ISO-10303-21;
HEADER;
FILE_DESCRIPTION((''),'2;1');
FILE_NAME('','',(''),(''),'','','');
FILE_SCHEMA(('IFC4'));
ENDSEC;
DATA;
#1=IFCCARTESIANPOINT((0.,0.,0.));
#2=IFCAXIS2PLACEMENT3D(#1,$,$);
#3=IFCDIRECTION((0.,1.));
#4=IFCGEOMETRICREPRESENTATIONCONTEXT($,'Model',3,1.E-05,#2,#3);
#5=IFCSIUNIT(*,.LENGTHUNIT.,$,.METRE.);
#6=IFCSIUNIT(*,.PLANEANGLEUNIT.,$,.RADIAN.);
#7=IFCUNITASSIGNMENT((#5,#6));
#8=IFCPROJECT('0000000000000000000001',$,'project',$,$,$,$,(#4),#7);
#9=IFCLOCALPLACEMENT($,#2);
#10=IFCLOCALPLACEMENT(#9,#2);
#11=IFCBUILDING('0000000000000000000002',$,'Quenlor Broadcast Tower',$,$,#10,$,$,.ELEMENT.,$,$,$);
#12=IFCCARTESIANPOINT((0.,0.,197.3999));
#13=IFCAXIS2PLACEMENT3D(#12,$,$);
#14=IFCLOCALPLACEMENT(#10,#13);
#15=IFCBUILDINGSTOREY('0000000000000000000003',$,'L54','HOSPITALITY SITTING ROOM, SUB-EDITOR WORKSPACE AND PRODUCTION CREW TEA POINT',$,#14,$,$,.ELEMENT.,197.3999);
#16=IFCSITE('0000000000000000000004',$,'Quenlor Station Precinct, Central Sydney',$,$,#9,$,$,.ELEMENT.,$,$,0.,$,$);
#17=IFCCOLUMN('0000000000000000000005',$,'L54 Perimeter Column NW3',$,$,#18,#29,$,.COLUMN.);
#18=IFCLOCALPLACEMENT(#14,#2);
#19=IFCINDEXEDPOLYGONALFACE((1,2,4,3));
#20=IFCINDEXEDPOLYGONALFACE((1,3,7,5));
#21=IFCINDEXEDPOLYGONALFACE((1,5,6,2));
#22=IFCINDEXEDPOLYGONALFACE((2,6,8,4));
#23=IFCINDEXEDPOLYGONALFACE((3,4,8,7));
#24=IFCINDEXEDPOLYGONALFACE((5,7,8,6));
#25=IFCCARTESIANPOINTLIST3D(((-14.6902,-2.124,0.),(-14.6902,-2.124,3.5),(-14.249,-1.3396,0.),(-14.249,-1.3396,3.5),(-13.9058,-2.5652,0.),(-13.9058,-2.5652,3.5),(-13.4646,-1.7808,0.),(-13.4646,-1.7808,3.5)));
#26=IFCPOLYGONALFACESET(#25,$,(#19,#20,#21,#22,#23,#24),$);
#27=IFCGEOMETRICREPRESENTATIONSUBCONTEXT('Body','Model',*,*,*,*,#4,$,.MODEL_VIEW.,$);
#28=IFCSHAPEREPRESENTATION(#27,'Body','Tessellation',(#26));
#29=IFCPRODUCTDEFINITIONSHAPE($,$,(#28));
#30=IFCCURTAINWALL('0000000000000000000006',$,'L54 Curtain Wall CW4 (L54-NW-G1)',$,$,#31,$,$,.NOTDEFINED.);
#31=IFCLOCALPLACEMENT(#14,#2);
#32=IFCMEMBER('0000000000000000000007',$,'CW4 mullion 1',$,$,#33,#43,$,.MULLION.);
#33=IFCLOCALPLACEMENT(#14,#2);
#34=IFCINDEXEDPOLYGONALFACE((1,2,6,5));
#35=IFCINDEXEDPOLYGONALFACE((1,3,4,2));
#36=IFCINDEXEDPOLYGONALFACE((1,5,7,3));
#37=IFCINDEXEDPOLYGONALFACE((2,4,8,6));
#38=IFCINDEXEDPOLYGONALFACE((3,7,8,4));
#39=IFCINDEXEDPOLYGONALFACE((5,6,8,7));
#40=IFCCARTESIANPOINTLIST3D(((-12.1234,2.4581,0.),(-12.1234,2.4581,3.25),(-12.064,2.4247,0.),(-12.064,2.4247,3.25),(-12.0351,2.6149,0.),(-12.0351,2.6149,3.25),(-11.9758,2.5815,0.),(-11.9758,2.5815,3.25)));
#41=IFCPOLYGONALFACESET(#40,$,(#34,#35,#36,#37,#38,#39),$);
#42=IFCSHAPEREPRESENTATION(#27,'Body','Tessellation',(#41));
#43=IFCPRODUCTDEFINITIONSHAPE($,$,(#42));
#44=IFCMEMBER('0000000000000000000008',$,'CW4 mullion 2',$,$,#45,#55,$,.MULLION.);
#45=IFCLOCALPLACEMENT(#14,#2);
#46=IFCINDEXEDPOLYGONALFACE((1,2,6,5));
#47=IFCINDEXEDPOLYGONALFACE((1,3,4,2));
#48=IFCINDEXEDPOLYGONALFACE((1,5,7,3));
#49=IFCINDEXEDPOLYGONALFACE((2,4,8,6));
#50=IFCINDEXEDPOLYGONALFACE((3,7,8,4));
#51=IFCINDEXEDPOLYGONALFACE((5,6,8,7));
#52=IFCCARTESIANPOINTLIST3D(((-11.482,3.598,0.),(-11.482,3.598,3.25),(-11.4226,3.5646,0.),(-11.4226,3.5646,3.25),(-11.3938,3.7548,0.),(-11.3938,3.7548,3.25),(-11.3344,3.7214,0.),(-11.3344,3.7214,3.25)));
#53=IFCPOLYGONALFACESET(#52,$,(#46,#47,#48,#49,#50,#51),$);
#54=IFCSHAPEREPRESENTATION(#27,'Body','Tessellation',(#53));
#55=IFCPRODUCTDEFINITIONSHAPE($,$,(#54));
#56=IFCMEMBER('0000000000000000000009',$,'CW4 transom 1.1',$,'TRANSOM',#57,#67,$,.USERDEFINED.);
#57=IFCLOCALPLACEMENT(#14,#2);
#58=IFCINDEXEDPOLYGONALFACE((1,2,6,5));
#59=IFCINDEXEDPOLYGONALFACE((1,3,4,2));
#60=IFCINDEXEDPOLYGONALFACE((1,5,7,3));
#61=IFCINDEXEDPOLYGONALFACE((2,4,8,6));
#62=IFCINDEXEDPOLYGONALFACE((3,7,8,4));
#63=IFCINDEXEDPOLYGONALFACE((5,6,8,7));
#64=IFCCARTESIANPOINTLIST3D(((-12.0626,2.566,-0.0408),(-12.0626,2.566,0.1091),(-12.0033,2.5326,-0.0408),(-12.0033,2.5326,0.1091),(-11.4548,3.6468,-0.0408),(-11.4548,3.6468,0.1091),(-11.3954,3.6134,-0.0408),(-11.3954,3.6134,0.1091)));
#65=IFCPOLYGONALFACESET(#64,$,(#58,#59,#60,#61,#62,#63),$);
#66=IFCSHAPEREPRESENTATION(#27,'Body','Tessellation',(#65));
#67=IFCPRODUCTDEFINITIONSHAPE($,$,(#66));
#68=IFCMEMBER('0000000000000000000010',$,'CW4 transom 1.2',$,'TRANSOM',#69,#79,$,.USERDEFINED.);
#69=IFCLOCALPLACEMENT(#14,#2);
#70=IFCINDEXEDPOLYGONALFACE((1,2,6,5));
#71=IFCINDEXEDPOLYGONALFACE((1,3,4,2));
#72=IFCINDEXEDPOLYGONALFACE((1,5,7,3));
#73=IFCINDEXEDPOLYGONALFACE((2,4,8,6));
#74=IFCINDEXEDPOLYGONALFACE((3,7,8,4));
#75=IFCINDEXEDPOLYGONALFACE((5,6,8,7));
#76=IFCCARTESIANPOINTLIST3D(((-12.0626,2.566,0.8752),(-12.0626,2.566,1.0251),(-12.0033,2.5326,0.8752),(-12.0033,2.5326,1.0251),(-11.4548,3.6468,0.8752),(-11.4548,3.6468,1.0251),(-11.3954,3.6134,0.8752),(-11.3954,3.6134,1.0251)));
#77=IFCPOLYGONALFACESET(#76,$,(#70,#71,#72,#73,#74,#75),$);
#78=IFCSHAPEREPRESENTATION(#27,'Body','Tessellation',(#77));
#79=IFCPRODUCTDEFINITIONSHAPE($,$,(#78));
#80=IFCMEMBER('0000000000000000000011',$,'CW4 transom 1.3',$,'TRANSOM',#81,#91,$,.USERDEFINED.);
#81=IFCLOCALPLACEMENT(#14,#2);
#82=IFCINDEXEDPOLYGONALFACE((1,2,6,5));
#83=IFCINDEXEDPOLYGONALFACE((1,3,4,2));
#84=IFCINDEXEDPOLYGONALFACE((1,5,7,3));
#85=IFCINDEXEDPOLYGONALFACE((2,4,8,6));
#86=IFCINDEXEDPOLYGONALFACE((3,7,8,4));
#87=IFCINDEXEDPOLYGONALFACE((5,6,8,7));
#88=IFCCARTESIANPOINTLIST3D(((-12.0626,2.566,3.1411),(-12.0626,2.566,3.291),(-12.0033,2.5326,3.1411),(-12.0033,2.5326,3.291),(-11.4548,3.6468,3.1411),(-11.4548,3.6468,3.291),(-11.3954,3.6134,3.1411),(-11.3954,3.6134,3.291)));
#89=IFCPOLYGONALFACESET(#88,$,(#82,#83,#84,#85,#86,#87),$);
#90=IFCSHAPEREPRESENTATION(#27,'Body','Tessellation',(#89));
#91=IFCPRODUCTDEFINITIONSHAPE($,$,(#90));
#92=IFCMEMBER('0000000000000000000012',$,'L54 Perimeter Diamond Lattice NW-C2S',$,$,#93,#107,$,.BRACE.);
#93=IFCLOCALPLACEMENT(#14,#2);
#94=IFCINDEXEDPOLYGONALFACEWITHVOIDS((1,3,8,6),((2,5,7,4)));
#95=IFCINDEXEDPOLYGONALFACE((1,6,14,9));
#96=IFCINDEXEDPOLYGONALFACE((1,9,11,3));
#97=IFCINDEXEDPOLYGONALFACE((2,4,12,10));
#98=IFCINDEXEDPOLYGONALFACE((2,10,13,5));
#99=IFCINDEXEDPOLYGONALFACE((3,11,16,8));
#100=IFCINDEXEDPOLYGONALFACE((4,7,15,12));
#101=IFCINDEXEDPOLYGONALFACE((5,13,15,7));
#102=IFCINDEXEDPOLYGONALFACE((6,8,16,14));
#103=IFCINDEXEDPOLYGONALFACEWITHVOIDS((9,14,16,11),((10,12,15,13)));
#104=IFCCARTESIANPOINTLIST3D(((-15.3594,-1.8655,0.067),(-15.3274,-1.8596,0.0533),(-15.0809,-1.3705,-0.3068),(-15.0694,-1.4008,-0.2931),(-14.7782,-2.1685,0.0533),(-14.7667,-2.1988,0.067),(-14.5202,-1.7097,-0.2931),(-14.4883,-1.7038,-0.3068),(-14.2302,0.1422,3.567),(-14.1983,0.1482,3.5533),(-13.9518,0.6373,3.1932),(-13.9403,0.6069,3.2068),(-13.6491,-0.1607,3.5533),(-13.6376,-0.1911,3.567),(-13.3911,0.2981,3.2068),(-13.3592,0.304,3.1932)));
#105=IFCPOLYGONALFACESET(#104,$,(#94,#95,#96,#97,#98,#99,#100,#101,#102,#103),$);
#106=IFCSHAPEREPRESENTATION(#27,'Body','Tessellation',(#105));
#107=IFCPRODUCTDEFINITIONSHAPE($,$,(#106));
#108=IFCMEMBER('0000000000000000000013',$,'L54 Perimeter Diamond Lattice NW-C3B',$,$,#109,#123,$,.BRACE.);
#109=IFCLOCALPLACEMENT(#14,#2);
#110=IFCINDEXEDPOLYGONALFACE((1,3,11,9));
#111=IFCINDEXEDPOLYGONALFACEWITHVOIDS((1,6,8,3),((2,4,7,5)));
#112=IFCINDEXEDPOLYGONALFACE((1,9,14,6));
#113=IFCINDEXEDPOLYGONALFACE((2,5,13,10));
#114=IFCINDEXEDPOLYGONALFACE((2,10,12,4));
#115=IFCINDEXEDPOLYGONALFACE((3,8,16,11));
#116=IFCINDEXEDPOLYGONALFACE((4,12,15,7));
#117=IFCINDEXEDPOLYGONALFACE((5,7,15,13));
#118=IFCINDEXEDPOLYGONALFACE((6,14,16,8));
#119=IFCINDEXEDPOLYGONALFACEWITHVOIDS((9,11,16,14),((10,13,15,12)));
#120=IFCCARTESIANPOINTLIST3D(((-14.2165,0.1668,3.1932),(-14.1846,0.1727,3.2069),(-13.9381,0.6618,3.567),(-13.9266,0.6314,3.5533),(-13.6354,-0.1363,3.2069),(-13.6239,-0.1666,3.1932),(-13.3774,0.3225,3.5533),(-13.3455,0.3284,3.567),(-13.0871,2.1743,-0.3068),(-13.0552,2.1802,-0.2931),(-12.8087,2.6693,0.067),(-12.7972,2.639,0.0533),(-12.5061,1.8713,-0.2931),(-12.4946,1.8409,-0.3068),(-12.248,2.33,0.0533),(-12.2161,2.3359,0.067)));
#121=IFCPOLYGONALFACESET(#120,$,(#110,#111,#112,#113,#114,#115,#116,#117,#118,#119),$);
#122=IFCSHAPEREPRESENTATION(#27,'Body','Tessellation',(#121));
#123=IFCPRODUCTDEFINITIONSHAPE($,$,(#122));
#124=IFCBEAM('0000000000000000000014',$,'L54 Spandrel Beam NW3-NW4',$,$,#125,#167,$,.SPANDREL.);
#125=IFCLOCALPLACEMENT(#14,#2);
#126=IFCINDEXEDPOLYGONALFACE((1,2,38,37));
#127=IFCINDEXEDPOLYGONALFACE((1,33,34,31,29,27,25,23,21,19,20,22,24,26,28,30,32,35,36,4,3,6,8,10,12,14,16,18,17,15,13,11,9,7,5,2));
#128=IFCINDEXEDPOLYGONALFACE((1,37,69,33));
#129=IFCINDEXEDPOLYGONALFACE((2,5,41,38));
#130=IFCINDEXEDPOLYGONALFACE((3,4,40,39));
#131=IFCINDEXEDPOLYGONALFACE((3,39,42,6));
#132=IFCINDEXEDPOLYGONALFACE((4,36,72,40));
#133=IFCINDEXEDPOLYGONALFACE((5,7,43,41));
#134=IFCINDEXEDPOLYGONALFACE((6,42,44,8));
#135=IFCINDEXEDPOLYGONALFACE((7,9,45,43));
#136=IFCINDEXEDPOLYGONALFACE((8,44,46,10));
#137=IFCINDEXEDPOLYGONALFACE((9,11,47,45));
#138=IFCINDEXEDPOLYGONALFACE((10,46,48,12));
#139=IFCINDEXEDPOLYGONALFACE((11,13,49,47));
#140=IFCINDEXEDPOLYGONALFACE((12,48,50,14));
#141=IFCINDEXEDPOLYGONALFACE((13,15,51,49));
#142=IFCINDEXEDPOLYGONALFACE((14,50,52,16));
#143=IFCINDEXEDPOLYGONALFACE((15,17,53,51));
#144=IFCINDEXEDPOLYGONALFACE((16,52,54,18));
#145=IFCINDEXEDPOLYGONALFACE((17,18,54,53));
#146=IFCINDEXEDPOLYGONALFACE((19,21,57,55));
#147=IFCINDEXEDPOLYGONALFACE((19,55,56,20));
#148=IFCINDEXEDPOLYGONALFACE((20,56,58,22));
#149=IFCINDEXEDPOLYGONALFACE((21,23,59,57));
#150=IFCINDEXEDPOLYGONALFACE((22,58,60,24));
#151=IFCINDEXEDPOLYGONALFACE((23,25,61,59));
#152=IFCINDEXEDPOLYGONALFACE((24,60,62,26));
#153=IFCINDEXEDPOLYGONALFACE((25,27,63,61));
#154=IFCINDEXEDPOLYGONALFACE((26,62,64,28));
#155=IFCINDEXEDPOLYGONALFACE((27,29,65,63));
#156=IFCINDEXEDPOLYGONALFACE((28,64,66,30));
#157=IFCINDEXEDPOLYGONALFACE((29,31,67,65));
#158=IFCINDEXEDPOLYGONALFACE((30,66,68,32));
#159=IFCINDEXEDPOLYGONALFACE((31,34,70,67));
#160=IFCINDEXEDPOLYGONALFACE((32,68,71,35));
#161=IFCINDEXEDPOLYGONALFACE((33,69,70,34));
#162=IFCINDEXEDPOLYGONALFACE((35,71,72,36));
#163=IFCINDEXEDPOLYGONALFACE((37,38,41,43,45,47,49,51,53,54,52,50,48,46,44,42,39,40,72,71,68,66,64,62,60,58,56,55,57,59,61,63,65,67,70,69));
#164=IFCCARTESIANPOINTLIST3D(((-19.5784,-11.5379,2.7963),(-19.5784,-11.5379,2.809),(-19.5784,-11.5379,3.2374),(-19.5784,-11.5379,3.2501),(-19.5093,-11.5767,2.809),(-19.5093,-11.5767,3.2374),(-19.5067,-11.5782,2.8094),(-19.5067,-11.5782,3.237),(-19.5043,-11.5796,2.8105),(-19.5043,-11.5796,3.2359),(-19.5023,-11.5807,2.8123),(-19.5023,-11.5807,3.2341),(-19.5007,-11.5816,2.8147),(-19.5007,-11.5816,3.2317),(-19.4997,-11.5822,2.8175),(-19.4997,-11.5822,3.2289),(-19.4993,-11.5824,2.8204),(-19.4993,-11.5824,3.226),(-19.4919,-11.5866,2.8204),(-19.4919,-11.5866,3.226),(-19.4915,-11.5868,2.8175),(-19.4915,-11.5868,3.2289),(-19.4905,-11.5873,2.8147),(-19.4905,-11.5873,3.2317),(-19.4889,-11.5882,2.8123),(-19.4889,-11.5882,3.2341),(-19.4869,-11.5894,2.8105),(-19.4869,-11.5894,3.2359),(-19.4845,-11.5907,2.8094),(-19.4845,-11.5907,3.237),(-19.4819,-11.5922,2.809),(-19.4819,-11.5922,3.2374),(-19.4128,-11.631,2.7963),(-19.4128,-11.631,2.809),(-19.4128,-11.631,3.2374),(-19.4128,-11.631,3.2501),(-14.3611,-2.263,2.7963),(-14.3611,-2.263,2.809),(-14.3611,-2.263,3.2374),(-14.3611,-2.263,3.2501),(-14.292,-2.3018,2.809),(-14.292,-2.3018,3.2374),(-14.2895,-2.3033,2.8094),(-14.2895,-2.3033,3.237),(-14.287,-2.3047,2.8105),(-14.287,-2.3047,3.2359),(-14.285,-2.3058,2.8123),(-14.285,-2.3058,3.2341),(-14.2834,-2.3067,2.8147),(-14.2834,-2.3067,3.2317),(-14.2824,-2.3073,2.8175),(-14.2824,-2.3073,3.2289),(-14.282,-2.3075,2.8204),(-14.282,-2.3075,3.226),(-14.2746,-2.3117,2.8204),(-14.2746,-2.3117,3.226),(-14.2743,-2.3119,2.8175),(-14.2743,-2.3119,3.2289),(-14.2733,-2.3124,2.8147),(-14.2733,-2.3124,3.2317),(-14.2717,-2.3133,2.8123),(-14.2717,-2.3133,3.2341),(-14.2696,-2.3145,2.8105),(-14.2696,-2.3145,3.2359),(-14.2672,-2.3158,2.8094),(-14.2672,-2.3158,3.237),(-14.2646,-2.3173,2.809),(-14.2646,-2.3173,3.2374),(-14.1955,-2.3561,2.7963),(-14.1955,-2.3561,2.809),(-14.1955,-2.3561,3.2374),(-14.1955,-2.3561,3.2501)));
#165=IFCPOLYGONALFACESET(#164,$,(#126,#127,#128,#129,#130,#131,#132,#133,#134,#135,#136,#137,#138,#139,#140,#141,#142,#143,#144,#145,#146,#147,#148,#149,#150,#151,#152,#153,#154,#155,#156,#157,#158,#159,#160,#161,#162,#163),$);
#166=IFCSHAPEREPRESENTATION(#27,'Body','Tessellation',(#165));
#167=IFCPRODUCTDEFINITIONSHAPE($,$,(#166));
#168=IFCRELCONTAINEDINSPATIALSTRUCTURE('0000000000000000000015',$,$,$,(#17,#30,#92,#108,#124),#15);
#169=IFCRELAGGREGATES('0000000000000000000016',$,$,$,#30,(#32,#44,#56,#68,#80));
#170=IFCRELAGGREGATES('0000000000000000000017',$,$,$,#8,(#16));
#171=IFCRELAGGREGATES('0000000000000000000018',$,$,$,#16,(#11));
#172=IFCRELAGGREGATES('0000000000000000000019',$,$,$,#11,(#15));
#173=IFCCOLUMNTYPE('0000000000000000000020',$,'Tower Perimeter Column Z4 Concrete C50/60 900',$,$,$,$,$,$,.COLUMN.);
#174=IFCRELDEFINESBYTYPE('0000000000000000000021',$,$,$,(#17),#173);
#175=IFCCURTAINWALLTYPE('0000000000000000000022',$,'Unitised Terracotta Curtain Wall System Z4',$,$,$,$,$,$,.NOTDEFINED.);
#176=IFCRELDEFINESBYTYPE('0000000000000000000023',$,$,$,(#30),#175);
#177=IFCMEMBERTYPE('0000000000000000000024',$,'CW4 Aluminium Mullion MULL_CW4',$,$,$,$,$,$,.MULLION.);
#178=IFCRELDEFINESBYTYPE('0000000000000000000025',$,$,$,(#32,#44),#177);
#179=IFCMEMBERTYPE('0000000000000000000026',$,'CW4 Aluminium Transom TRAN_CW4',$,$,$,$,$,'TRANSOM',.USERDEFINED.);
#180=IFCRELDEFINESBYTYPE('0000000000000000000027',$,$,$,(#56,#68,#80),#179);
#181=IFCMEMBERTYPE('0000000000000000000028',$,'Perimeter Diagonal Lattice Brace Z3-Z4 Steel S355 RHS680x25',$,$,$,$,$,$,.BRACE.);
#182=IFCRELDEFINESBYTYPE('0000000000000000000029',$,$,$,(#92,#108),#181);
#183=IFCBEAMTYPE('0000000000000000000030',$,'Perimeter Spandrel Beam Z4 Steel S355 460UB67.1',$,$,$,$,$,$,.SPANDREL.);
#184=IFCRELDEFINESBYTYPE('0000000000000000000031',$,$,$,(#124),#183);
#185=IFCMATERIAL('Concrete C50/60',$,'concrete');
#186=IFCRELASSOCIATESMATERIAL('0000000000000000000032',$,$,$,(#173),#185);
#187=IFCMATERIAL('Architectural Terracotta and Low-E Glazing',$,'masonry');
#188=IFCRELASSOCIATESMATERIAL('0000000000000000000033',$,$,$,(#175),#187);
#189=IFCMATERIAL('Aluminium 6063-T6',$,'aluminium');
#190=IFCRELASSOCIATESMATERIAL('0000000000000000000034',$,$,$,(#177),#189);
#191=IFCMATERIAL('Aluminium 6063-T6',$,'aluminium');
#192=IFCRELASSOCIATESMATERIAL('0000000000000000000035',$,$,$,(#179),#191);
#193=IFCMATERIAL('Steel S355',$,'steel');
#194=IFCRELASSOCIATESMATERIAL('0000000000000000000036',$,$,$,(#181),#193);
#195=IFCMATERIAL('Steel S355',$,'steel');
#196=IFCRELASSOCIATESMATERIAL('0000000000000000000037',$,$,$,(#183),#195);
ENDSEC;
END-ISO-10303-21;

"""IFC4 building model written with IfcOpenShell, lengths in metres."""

from ifc_helpers import new_model, si_unit, direction, frame, origin, origin_2d, place, context, subcontext, project, spatial, rectangle, hollow_rectangle, i_section, extrude, material, material_profile, profile_set, type_object, element, aggregate, save


model = new_model("IFC4")

# Units and contexts
model_context = context("Model", 3, precision=1e-05, world=origin(), true_north=direction((0.0, 1.0)))
body_context = subcontext(model_context, "Body", "Model", "MODEL_VIEW")
ifc_project = project(units=[si_unit("LENGTHUNIT", "METRE"), si_unit("PLANEANGLEUNIT", "RADIAN")], contexts=[model_context])

# Site, building, storey
site_placement = place(None, origin())
site = spatial("IfcSite", under=ifc_project, at=site_placement, Name="Quenlor Station Precinct, Central Sydney", CompositionType="ELEMENT", RefElevation=0.0)
building_placement = place(site_placement, origin())
building = spatial("IfcBuilding", under=site, at=building_placement, Name="Quenlor Broadcast Tower", CompositionType="ELEMENT")
storey_placement = place(building_placement, frame((0.0, 0.0, 197.3999)))
storey = spatial("IfcBuildingStorey", under=building, at=storey_placement, Name="L54", Description="HOSPITALITY SITTING ROOM, SUB-EDITOR WORKSPACE AND PRODUCTION CREW TEA POINT", CompositionType="ELEMENT", Elevation=197.3999)

# Column
ifc_material_1 = material(Name="Concrete C50/60", Category="concrete")
ifc_material_profile_1 = material_profile(ifc_material_1, rectangle(XDim=0.8999, YDim=0.8999, at=origin_2d()))
ifc_profile_set_1 = profile_set([ifc_material_profile_1], Name="Concrete C50/60 RC900x900")
column_type = type_object("IfcColumnType", Name="Tower Perimeter Column Z4 Concrete C50/60 900", PredefinedType="COLUMN", material=ifc_profile_set_1)
column_placement = place(storey_placement, frame((-14.0774, -1.9524, 0.0), z_axis=(0.0, 0.0, 1.0), x_axis=(-0.871575, 0.490262, 0.0)))
element("IfcColumn", 1, at=column_placement, inside=storey, type_object=column_type, Name="L54 Perimeter Column NW3", PredefinedType="COLUMN", context=body_context, shape_type="SweptSolid", body=[
    extrude(rectangle(XDim=0.8999, YDim=0.8999, at=origin_2d()), origin(), (0.0, 0.0, 1.0), 3.5),
])

# Curtain wall, members
ifc_material_2 = material(Name="Architectural Terracotta and Low-E Glazing", Category="masonry")
curtain_wall_type = type_object("IfcCurtainWallType", Name="Unitised Terracotta Curtain Wall System Z4", PredefinedType="NOTDEFINED", material=ifc_material_2)
curtain_wall_placement = place(storey_placement, origin())
curtain_wall = element("IfcCurtainWall", 2, at=curtain_wall_placement, inside=storey, type_object=curtain_wall_type, Name="L54 Curtain Wall CW4 (L54-NW-G1)", PredefinedType="NOTDEFINED")
ifc_material_3 = material(Name="Aluminium 6063-T6", Category="aluminium")
ifc_material_profile_2 = material_profile(ifc_material_3, rectangle(XDim=0.0681, YDim=0.1799, at=origin_2d()))
ifc_profile_set_2 = profile_set([ifc_material_profile_2], Name="Aluminium 6063-T6 MULL68x180")
member_type_1 = type_object("IfcMemberType", Name="CW4 Aluminium Mullion MULL_CW4", PredefinedType="MULLION", material=ifc_profile_set_2)
member_1_placement = place(storey_placement, frame((-12.0496, 2.5198, 0.0), z_axis=(0.0, 0.0, 1.0), x_axis=(-0.87156, 0.490289, 0.0)))
member_1 = element("IfcMember", 3, at=member_1_placement, type_object=member_type_1, Name="CW4 mullion 1", PredefinedType="MULLION", context=body_context, shape_type="SweptSolid", body=[
    extrude(rectangle(XDim=0.0681, YDim=0.1799, at=origin_2d()), origin(), (0.0, 0.0, 1.0), 3.25),
])
member_2_placement = place(storey_placement, frame((-11.4082, 3.6597, 0.0), z_axis=(0.0, 0.0, 1.0), x_axis=(-0.87156, 0.490289, 0.0)))
member_2 = element("IfcMember", 4, at=member_2_placement, type_object=member_type_1, Name="CW4 mullion 2", PredefinedType="MULLION", context=body_context, shape_type="SweptSolid", body=[
    extrude(rectangle(XDim=0.0681, YDim=0.1799, at=origin_2d()), origin(), (0.0, 0.0, 1.0), 3.25),
])
ifc_material_4 = material(Name="Aluminium 6063-T6", Category="aluminium")
ifc_material_profile_3 = material_profile(ifc_material_4, rectangle(XDim=0.0681, YDim=0.1499, at=origin_2d()))
ifc_profile_set_3 = profile_set([ifc_material_profile_3], Name="Aluminium 6063-T6 TRAN68x150")
member_type_2 = type_object("IfcMemberType", Name="CW4 Aluminium Transom TRAN_CW4", ElementType="TRANSOM", PredefinedType="USERDEFINED", material=ifc_profile_set_3)
member_3_placement = place(storey_placement, frame((-12.033, 2.5493, 0.0342), z_axis=(0.490233, 0.871591, 0.0), x_axis=(-0.871591, 0.490233, 0.0)))
member_3 = element("IfcMember", 5, at=member_3_placement, type_object=member_type_2, Name="CW4 transom 1.1", ObjectType="TRANSOM", PredefinedType="USERDEFINED", context=body_context, shape_type="SweptSolid", body=[
    extrude(rectangle(XDim=0.0681, YDim=0.1499, at=origin_2d()), origin(), (0.0, 0.0, 1.0), 1.24),
])
member_4_placement = place(storey_placement, frame((-12.033, 2.5493, 0.9502), z_axis=(0.490233, 0.871591, 0.0), x_axis=(-0.871591, 0.490233, 0.0)))
member_4 = element("IfcMember", 6, at=member_4_placement, type_object=member_type_2, Name="CW4 transom 1.2", ObjectType="TRANSOM", PredefinedType="USERDEFINED", context=body_context, shape_type="SweptSolid", body=[
    extrude(rectangle(XDim=0.0681, YDim=0.1499, at=origin_2d()), origin(), (0.0, 0.0, 1.0), 1.24),
])
member_5_placement = place(storey_placement, frame((-12.033, 2.5493, 3.2161), z_axis=(0.490233, 0.871591, 0.0), x_axis=(-0.871591, 0.490233, 0.0)))
member_5 = element("IfcMember", 7, at=member_5_placement, type_object=member_type_2, Name="CW4 transom 1.3", ObjectType="TRANSOM", PredefinedType="USERDEFINED", context=body_context, shape_type="SweptSolid", body=[
    extrude(rectangle(XDim=0.0681, YDim=0.1499, at=origin_2d()), origin(), (0.0, 0.0, 1.0), 1.24),
])

# Members
ifc_material_5 = material(Name="Steel S355", Category="steel")
ifc_material_profile_4 = material_profile(ifc_material_5, hollow_rectangle(XDim=0.6799, YDim=0.6799, WallThickness=0.0249, at=origin_2d()))
ifc_profile_set_4 = profile_set([ifc_material_profile_4], Name="Steel S355 RHS680x680x25")
member_type_3 = type_object("IfcMemberType", Name="Perimeter Diagonal Lattice Brace Z3-Z4 Steel S355 RHS680x25", PredefinedType="BRACE", material=ifc_profile_set_4)
for number, where, z_axis, x_axis, name in (
    (8, (-14.9238, -1.7847, -0.1199), (0.269485, 0.479189, 0.835318), (-0.871621, 0.490181, 0.0), "L54 Perimeter Diamond Lattice NW-C2S"),
    (9, (-12.6516, 2.2551, -0.1199), (-0.269547, -0.479136, 0.835328), (0.87155, -0.490307, 0.0), "L54 Perimeter Diamond Lattice NW-C3B"),
):
    element("IfcMember", number, at=place(storey_placement, frame(where, z_axis=z_axis, x_axis=x_axis)), inside=storey, type_object=member_type_3, Name=name, PredefinedType="BRACE", context=body_context, shape_type="SweptSolid", body=[
        extrude(hollow_rectangle(XDim=0.6799, YDim=0.6799, WallThickness=0.0249, at=origin_2d()), origin(), (0.0, 0.0, 1.0), 4.1899),
    ])

# Beam
ifc_material_6 = material(Name="Steel S355", Category="steel")
ifc_material_profile_5 = material_profile(ifc_material_6, i_section(OverallWidth=0.1899, OverallDepth=0.4539, WebThickness=0.0085, FlangeThickness=0.0127, FilletRadius=0.0115, at=origin_2d()))
ifc_profile_set_5 = profile_set([ifc_material_profile_5], Name="Steel S355 460UB67.1")
beam_type_1 = type_object("IfcBeamType", Name="Perimeter Spandrel Beam Z4 Steel S355 460UB67.1", PredefinedType="SPANDREL", material=ifc_profile_set_5)
beam_1_placement = place(storey_placement, frame((-14.2783, -2.3096, 3.0232), z_axis=(-0.490272, -0.871569, 0.0), x_axis=(0.871569, -0.490272, 0.0)))
element("IfcBeam", 10, at=beam_1_placement, inside=storey, type_object=beam_type_1, Name="L54 Spandrel Beam NW3-NW4", PredefinedType="SPANDREL", context=body_context, shape_type="SweptSolid", body=[
    extrude(i_section(OverallWidth=0.1899, OverallDepth=0.4539, WebThickness=0.0085, FlangeThickness=0.0127, FilletRadius=0.0115, at=origin_2d()), origin(), (0.0, 0.0, 1.0), 10.6416),
])

aggregate(curtain_wall, [member_1, member_2, member_3, member_4, member_5])

save(model, "model.ifc")
